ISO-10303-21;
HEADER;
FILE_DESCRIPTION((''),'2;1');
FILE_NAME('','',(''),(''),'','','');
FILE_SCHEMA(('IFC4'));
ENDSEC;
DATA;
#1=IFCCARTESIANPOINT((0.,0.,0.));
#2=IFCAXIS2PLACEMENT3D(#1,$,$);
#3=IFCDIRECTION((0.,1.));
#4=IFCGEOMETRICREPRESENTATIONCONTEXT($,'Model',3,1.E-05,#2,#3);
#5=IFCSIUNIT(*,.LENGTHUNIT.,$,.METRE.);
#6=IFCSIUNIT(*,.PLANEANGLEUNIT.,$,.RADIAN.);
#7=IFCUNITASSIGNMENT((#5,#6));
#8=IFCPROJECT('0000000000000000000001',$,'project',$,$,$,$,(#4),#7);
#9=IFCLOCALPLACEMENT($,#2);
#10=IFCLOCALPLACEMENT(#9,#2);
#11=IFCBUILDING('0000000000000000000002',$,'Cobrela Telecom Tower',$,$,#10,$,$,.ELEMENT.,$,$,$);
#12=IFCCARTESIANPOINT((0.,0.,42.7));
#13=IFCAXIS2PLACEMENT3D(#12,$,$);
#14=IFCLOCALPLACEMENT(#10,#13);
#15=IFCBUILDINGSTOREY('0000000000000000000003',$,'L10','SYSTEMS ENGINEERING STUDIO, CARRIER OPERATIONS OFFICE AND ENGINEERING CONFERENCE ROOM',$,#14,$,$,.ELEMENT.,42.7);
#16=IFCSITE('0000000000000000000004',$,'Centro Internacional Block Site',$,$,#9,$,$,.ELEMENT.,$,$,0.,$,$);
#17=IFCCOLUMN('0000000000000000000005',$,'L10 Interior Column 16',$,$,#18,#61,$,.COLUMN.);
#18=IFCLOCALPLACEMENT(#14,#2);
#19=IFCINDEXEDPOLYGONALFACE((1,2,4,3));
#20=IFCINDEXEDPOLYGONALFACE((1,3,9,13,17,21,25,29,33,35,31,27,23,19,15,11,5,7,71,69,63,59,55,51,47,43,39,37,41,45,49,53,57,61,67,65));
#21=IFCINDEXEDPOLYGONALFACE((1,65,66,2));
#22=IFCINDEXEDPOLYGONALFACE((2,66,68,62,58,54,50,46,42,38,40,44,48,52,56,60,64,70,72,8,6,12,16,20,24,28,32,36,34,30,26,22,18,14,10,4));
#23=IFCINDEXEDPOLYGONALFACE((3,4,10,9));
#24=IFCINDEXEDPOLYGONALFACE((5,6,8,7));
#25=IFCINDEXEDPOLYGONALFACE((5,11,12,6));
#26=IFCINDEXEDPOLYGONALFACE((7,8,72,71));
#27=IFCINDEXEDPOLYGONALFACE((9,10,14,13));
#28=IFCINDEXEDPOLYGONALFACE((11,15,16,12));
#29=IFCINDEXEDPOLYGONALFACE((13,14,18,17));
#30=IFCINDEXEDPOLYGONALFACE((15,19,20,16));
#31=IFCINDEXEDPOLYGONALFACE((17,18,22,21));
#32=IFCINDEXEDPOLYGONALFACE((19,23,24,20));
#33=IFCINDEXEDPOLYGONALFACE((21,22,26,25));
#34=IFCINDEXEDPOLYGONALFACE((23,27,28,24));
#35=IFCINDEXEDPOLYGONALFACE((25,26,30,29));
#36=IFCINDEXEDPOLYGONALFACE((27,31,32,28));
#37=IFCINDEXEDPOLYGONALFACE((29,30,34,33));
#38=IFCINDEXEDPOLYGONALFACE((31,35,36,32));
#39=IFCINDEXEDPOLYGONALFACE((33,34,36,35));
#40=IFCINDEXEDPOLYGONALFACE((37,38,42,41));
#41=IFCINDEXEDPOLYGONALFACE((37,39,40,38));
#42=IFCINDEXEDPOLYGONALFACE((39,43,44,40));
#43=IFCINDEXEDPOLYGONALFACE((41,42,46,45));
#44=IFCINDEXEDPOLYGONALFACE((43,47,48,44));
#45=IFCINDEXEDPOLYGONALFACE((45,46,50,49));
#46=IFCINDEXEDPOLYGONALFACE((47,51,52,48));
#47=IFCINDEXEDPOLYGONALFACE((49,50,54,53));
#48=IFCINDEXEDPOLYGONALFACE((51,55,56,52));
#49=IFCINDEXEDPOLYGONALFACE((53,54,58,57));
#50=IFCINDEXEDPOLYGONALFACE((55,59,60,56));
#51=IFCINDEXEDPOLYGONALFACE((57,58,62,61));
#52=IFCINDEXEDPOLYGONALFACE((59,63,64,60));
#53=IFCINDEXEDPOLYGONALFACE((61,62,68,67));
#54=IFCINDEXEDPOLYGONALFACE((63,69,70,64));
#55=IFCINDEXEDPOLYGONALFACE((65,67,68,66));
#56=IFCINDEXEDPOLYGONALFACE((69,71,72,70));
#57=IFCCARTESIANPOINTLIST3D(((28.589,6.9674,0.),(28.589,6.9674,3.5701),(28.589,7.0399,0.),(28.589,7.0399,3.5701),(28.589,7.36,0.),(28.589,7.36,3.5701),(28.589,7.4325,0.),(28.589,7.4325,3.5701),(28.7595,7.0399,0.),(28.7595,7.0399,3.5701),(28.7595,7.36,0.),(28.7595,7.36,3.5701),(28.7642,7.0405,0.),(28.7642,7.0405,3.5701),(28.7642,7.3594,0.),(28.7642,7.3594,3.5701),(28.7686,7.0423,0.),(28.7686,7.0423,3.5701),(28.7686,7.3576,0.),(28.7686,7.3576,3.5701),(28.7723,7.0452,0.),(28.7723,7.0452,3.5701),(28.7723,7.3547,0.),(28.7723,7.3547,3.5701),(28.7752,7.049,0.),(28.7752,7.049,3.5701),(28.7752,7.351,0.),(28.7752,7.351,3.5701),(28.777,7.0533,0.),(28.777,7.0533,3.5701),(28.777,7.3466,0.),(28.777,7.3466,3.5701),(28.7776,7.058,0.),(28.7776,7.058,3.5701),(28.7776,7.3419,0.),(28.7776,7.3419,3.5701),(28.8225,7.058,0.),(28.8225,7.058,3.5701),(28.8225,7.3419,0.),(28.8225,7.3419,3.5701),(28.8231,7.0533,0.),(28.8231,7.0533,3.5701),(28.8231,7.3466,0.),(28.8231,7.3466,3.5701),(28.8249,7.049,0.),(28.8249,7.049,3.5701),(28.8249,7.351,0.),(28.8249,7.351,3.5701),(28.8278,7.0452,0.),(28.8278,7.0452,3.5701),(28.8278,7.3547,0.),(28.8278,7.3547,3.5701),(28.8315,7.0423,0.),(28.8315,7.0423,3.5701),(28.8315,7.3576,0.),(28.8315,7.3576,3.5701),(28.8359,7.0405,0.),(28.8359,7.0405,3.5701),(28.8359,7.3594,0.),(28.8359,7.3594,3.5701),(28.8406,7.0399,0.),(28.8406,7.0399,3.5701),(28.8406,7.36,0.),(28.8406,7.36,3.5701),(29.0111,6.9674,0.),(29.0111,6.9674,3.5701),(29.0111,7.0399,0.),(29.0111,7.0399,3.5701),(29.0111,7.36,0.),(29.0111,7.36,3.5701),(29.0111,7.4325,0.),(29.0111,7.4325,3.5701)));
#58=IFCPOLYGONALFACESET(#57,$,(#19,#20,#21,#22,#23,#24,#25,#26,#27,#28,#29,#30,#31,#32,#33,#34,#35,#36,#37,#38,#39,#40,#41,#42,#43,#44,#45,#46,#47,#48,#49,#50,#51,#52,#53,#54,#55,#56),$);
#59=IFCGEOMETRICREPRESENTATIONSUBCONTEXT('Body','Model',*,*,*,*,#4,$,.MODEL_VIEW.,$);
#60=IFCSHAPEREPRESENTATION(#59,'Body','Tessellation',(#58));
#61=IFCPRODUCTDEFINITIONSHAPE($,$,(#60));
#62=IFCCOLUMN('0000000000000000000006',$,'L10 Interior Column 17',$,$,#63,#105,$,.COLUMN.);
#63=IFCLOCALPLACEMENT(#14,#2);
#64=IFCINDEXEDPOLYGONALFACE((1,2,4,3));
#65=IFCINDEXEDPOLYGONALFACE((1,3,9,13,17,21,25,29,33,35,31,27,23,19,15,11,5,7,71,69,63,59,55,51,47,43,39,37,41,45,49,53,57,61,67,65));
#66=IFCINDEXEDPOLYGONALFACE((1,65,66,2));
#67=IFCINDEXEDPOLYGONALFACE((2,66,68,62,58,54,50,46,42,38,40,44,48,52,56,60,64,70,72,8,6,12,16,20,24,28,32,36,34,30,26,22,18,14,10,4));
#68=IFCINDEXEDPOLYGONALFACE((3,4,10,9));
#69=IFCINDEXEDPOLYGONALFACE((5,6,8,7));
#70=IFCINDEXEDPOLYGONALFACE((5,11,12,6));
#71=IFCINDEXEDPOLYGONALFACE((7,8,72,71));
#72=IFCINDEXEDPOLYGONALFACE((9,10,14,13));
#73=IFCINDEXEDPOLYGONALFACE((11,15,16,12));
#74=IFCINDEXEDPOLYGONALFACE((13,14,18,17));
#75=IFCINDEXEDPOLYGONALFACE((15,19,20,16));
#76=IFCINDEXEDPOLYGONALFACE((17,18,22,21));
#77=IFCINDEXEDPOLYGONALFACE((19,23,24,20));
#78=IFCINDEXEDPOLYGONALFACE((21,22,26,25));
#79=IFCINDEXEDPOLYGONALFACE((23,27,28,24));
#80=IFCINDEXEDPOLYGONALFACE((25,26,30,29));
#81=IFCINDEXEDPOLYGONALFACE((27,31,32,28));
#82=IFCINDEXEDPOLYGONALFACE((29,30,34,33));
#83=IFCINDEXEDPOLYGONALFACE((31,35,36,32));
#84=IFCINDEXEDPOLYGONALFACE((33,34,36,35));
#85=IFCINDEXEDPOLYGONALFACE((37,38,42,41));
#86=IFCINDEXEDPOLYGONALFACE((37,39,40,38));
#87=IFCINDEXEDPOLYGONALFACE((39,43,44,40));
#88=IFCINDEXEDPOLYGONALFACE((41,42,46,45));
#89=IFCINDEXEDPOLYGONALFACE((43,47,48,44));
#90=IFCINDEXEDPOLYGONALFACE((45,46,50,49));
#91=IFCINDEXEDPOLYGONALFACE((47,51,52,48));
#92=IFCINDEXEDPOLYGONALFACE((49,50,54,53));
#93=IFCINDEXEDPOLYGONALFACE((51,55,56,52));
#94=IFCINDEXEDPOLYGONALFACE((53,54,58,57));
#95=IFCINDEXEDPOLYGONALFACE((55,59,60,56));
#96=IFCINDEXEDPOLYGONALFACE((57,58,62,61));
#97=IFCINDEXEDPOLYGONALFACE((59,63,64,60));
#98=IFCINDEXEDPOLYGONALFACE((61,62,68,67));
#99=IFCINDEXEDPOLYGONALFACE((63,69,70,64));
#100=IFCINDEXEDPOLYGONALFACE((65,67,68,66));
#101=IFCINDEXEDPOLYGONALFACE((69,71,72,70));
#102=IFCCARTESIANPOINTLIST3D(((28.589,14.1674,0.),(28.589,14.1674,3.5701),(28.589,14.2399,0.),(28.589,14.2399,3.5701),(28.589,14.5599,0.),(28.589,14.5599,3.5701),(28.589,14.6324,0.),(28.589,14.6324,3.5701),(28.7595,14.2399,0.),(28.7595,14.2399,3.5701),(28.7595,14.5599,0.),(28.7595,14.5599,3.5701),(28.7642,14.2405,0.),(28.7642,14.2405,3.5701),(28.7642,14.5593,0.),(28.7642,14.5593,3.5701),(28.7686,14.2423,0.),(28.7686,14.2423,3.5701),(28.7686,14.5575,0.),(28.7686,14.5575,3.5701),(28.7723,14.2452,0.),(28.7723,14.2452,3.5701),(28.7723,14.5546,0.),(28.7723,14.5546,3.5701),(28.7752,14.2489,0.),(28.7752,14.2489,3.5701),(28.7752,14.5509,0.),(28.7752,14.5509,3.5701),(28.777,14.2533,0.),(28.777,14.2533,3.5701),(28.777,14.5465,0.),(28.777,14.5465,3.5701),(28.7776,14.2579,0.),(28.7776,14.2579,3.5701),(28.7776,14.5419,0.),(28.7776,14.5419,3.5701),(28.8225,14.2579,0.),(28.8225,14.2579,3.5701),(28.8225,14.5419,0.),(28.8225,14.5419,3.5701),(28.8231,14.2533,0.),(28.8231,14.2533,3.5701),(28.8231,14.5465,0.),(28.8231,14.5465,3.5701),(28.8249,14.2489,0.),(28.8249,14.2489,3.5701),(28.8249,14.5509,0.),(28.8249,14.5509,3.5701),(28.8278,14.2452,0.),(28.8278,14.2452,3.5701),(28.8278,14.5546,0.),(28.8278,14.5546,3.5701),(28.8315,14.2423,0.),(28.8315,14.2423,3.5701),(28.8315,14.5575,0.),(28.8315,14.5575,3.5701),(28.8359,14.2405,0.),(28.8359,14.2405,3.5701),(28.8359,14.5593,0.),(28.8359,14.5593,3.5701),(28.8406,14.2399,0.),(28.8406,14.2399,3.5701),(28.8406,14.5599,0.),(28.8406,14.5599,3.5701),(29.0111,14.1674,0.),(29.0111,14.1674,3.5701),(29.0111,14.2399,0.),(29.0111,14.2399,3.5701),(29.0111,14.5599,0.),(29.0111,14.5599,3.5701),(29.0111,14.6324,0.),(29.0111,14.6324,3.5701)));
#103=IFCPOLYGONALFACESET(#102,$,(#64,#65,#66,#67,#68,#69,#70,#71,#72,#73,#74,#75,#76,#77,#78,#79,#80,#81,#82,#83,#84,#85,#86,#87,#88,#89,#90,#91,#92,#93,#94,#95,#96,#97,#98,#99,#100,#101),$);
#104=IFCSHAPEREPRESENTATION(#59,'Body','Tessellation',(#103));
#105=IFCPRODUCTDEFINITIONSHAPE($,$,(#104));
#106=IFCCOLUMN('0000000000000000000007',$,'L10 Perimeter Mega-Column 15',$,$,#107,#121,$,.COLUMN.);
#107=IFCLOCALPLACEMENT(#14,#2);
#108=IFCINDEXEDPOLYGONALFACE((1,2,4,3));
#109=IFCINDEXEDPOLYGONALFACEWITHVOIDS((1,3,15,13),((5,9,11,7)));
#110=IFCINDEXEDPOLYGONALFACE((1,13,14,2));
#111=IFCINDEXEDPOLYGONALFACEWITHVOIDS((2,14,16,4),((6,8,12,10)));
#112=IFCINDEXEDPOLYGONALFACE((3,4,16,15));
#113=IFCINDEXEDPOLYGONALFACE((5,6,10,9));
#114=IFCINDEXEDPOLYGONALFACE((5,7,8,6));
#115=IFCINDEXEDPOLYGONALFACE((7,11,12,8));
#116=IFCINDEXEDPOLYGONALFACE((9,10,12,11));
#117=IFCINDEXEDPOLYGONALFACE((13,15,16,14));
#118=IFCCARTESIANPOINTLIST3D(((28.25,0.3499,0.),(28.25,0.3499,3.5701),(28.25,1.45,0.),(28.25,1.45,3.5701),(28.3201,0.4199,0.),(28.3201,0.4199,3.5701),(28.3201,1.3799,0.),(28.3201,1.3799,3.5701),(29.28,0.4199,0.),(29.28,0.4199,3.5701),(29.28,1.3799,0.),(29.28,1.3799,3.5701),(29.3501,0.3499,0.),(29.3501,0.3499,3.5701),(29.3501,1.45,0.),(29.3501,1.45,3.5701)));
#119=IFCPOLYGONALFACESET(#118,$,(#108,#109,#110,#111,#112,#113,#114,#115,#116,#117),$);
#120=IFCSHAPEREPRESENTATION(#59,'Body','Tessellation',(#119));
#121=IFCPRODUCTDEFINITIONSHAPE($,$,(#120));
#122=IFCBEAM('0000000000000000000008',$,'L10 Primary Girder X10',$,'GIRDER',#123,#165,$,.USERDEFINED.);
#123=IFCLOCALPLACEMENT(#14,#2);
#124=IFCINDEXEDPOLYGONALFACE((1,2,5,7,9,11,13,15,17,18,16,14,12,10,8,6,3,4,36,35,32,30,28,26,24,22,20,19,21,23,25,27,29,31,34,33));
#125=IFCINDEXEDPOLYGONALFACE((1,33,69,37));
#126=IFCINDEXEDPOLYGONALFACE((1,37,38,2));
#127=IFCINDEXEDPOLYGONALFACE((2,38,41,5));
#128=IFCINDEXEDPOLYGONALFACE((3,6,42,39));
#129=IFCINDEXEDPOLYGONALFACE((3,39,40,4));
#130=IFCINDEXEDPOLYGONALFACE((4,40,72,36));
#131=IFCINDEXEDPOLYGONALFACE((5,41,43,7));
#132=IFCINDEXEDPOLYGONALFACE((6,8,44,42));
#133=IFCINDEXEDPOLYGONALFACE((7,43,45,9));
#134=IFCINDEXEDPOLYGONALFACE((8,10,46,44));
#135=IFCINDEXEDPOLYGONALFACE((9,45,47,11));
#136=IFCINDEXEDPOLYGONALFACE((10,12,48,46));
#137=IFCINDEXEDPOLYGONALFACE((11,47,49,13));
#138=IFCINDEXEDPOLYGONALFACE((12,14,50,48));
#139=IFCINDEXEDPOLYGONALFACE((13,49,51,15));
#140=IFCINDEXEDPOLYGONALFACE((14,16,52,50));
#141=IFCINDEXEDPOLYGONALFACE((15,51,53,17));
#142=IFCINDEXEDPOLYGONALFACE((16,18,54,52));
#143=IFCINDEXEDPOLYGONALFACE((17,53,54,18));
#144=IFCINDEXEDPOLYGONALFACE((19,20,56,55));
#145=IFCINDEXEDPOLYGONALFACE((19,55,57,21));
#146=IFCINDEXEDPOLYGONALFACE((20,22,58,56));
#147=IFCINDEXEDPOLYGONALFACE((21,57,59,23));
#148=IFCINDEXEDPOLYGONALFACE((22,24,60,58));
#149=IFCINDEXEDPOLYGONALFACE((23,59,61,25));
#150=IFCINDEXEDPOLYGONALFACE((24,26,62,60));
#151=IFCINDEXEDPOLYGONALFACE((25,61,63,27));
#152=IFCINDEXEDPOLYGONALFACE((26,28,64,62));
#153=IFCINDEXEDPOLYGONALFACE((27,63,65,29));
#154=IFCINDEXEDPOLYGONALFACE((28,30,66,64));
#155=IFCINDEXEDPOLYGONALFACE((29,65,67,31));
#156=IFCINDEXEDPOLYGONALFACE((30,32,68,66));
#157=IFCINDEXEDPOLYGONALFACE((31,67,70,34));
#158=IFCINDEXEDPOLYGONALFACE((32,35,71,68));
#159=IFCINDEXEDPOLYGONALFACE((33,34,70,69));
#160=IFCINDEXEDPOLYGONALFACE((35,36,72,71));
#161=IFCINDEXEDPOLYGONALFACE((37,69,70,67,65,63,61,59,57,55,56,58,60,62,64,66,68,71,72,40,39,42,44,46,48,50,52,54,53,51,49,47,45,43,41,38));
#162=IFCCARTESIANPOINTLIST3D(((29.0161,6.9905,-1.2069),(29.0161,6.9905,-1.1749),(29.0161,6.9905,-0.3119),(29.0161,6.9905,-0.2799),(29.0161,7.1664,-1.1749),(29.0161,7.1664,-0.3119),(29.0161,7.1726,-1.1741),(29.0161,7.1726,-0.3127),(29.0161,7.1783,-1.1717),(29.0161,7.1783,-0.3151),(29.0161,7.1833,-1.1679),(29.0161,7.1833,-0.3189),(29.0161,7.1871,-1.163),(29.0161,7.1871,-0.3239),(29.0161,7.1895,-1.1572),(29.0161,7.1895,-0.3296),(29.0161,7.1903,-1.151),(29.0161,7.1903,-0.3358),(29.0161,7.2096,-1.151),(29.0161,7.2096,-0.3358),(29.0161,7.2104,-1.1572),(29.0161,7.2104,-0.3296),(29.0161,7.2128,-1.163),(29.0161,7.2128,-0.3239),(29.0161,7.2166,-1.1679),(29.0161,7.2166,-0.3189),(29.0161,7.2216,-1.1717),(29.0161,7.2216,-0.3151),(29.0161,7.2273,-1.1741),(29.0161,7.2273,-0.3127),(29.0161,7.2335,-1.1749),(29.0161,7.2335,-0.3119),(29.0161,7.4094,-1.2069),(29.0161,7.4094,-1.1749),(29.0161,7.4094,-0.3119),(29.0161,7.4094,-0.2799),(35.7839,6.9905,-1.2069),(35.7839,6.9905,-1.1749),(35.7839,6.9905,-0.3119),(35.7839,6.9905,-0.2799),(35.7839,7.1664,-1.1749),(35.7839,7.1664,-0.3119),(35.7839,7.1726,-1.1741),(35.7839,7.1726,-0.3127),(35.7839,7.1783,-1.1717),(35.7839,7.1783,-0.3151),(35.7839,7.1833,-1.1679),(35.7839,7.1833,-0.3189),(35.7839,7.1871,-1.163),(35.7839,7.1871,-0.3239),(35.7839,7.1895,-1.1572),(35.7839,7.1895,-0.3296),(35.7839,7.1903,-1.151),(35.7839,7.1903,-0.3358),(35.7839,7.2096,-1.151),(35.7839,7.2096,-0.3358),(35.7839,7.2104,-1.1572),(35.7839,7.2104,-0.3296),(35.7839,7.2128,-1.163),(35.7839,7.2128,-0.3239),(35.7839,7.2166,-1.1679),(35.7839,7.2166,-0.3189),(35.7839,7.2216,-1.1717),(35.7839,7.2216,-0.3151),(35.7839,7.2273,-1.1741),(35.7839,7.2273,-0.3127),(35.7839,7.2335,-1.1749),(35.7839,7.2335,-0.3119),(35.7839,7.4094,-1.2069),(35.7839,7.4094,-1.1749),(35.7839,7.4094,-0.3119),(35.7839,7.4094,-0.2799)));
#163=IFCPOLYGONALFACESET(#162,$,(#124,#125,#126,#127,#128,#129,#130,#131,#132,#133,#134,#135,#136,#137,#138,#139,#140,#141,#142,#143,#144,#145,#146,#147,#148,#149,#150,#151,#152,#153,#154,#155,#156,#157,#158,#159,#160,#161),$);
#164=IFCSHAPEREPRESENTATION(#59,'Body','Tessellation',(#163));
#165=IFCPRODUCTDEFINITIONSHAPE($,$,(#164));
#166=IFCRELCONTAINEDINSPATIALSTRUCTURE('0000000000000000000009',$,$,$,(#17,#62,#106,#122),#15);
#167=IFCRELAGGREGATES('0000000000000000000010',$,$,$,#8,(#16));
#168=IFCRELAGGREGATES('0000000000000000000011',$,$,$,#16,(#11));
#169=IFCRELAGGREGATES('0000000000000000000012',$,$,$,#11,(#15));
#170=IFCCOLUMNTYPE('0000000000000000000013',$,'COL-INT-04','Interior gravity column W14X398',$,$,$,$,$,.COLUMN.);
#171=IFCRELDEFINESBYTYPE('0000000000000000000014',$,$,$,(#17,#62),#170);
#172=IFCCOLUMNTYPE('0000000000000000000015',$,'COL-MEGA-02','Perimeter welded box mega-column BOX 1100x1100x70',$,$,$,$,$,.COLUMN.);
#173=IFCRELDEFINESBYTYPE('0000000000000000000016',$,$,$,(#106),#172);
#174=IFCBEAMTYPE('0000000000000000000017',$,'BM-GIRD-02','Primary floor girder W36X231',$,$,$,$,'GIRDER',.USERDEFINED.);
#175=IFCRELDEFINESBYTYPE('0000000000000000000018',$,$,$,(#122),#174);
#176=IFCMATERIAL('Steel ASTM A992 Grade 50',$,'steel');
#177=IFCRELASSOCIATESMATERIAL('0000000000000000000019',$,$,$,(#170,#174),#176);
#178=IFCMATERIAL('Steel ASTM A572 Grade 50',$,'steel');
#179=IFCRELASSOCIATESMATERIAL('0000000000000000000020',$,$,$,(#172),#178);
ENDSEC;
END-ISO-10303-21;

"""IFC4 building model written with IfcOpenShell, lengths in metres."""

from ifc_helpers import new_model, si_unit, direction, frame, origin, origin_2d, place, context, subcontext, project, spatial, hollow_rectangle, i_section, extrude, material, material_profile, profile_set, type_object, element, save


model = new_model("IFC4")

# Units and contexts
model_context = context("Model", 3, precision=1e-05, world=origin(), true_north=direction((0.0, 1.0)))
body_context = subcontext(model_context, "Body", "Model", "MODEL_VIEW")
ifc_project = project(units=[si_unit("LENGTHUNIT", "METRE"), si_unit("PLANEANGLEUNIT", "RADIAN")], contexts=[model_context])

# Site, building, storey
site_placement = place(None, origin())
site = spatial("IfcSite", under=ifc_project, at=site_placement, Name="Centro Internacional Block Site", CompositionType="ELEMENT", RefElevation=0.0)
building_placement = place(site_placement, origin())
building = spatial("IfcBuilding", under=site, at=building_placement, Name="Cobrela Telecom Tower", CompositionType="ELEMENT")
storey_placement = place(building_placement, frame((0.0, 0.0, 42.7)))
storey = spatial("IfcBuildingStorey", under=building, at=storey_placement, Name="L10", Description="SYSTEMS ENGINEERING STUDIO, CARRIER OPERATIONS OFFICE AND ENGINEERING CONFERENCE ROOM", CompositionType="ELEMENT", Elevation=42.7)

# Columns
ifc_material_1 = material(Name="Steel ASTM A992 Grade 50", Category="steel")
ifc_material_profile_1 = material_profile(ifc_material_1, i_section(OverallWidth=0.4221, OverallDepth=0.4651, WebThickness=0.0449, FlangeThickness=0.0725, FilletRadius=0.0181, at=origin_2d()), Name="W14X398")
ifc_profile_set_1 = profile_set([ifc_material_profile_1], Name="Steel ASTM A992 Grade 50")
column_type_1 = type_object("IfcColumnType", Name="COL-INT-04", Description="Interior gravity column W14X398", PredefinedType="COLUMN", material=ifc_profile_set_1)
for number, where, z_axis, x_axis, name in (
    (1, (28.8, 7.2, 0.0), (0.0, 0.0, 1.0), (1.0, 0.0, 0.0), "L10 Interior Column 16"),
    (2, (28.8, 14.3999, 0.0), (0.0, 0.0, 1.0), (1.0, 0.0, 0.0), "L10 Interior Column 17"),
):
    element("IfcColumn", number, at=place(storey_placement, frame(where, z_axis=z_axis, x_axis=x_axis)), inside=storey, type_object=column_type_1, Name=name, PredefinedType="COLUMN", context=body_context, shape_type="SweptSolid", body=[
        extrude(i_section(OverallWidth=0.4221, OverallDepth=0.4651, WebThickness=0.0449, FlangeThickness=0.0725, FilletRadius=0.0181, at=origin_2d()), origin(), (0.0, 0.0, 1.0), 3.5701),
    ])
ifc_material_2 = material(Name="Steel ASTM A572 Grade 50", Category="steel")
ifc_material_profile_2 = material_profile(ifc_material_2, hollow_rectangle(XDim=1.1001, YDim=1.1001, WallThickness=0.0701, at=origin_2d()), Name="BOX 1100x1100x70")
ifc_profile_set_2 = profile_set([ifc_material_profile_2], Name="Steel ASTM A572 Grade 50")
column_type_2 = type_object("IfcColumnType", Name="COL-MEGA-02", Description="Perimeter welded box mega-column BOX 1100x1100x70", PredefinedType="COLUMN", material=ifc_profile_set_2)
column_placement = place(storey_placement, frame((28.8, 0.8999, 0.0), z_axis=(0.0, 0.0, 1.0), x_axis=(1.0, 0.0, 0.0)))
element("IfcColumn", 3, at=column_placement, inside=storey, type_object=column_type_2, Name="L10 Perimeter Mega-Column 15", PredefinedType="COLUMN", context=body_context, shape_type="SweptSolid", body=[
    extrude(hollow_rectangle(XDim=1.1001, YDim=1.1001, WallThickness=0.0701, at=origin_2d()), origin(), (0.0, 0.0, 1.0), 3.5701),
])

# Beam
ifc_material_profile_3 = material_profile(ifc_material_1, i_section(OverallWidth=0.4189, OverallDepth=0.927, WebThickness=0.0193, FlangeThickness=0.032, FilletRadius=0.0239, at=origin_2d()), Name="W36X231")
ifc_profile_set_3 = profile_set([ifc_material_profile_3], Name="Steel ASTM A992 Grade 50")
beam_type_1 = type_object("IfcBeamType", Name="BM-GIRD-02", Description="Primary floor girder W36X231", ElementType="GIRDER", PredefinedType="USERDEFINED", material=ifc_profile_set_3)
for number, where, z_axis, x_axis, name in (
    (4, (29.0161, 7.2, -0.7434), (1.0, 0.0, 0.0), (0.0, 1.0, 0.0), "L10 Primary Girder X10"),
):
    element("IfcBeam", number, at=place(storey_placement, frame(where, z_axis=z_axis, x_axis=x_axis)), inside=storey, type_object=beam_type_1, Name=name, ObjectType="GIRDER", PredefinedType="USERDEFINED", context=body_context, shape_type="SweptSolid", body=[
        extrude(i_section(OverallWidth=0.4189, OverallDepth=0.927, WebThickness=0.0193, FlangeThickness=0.032, FilletRadius=0.0239, at=origin_2d()), origin(), (0.0, 0.0, 1.0), 6.7678),
    ])

save(model, "model.ifc")
